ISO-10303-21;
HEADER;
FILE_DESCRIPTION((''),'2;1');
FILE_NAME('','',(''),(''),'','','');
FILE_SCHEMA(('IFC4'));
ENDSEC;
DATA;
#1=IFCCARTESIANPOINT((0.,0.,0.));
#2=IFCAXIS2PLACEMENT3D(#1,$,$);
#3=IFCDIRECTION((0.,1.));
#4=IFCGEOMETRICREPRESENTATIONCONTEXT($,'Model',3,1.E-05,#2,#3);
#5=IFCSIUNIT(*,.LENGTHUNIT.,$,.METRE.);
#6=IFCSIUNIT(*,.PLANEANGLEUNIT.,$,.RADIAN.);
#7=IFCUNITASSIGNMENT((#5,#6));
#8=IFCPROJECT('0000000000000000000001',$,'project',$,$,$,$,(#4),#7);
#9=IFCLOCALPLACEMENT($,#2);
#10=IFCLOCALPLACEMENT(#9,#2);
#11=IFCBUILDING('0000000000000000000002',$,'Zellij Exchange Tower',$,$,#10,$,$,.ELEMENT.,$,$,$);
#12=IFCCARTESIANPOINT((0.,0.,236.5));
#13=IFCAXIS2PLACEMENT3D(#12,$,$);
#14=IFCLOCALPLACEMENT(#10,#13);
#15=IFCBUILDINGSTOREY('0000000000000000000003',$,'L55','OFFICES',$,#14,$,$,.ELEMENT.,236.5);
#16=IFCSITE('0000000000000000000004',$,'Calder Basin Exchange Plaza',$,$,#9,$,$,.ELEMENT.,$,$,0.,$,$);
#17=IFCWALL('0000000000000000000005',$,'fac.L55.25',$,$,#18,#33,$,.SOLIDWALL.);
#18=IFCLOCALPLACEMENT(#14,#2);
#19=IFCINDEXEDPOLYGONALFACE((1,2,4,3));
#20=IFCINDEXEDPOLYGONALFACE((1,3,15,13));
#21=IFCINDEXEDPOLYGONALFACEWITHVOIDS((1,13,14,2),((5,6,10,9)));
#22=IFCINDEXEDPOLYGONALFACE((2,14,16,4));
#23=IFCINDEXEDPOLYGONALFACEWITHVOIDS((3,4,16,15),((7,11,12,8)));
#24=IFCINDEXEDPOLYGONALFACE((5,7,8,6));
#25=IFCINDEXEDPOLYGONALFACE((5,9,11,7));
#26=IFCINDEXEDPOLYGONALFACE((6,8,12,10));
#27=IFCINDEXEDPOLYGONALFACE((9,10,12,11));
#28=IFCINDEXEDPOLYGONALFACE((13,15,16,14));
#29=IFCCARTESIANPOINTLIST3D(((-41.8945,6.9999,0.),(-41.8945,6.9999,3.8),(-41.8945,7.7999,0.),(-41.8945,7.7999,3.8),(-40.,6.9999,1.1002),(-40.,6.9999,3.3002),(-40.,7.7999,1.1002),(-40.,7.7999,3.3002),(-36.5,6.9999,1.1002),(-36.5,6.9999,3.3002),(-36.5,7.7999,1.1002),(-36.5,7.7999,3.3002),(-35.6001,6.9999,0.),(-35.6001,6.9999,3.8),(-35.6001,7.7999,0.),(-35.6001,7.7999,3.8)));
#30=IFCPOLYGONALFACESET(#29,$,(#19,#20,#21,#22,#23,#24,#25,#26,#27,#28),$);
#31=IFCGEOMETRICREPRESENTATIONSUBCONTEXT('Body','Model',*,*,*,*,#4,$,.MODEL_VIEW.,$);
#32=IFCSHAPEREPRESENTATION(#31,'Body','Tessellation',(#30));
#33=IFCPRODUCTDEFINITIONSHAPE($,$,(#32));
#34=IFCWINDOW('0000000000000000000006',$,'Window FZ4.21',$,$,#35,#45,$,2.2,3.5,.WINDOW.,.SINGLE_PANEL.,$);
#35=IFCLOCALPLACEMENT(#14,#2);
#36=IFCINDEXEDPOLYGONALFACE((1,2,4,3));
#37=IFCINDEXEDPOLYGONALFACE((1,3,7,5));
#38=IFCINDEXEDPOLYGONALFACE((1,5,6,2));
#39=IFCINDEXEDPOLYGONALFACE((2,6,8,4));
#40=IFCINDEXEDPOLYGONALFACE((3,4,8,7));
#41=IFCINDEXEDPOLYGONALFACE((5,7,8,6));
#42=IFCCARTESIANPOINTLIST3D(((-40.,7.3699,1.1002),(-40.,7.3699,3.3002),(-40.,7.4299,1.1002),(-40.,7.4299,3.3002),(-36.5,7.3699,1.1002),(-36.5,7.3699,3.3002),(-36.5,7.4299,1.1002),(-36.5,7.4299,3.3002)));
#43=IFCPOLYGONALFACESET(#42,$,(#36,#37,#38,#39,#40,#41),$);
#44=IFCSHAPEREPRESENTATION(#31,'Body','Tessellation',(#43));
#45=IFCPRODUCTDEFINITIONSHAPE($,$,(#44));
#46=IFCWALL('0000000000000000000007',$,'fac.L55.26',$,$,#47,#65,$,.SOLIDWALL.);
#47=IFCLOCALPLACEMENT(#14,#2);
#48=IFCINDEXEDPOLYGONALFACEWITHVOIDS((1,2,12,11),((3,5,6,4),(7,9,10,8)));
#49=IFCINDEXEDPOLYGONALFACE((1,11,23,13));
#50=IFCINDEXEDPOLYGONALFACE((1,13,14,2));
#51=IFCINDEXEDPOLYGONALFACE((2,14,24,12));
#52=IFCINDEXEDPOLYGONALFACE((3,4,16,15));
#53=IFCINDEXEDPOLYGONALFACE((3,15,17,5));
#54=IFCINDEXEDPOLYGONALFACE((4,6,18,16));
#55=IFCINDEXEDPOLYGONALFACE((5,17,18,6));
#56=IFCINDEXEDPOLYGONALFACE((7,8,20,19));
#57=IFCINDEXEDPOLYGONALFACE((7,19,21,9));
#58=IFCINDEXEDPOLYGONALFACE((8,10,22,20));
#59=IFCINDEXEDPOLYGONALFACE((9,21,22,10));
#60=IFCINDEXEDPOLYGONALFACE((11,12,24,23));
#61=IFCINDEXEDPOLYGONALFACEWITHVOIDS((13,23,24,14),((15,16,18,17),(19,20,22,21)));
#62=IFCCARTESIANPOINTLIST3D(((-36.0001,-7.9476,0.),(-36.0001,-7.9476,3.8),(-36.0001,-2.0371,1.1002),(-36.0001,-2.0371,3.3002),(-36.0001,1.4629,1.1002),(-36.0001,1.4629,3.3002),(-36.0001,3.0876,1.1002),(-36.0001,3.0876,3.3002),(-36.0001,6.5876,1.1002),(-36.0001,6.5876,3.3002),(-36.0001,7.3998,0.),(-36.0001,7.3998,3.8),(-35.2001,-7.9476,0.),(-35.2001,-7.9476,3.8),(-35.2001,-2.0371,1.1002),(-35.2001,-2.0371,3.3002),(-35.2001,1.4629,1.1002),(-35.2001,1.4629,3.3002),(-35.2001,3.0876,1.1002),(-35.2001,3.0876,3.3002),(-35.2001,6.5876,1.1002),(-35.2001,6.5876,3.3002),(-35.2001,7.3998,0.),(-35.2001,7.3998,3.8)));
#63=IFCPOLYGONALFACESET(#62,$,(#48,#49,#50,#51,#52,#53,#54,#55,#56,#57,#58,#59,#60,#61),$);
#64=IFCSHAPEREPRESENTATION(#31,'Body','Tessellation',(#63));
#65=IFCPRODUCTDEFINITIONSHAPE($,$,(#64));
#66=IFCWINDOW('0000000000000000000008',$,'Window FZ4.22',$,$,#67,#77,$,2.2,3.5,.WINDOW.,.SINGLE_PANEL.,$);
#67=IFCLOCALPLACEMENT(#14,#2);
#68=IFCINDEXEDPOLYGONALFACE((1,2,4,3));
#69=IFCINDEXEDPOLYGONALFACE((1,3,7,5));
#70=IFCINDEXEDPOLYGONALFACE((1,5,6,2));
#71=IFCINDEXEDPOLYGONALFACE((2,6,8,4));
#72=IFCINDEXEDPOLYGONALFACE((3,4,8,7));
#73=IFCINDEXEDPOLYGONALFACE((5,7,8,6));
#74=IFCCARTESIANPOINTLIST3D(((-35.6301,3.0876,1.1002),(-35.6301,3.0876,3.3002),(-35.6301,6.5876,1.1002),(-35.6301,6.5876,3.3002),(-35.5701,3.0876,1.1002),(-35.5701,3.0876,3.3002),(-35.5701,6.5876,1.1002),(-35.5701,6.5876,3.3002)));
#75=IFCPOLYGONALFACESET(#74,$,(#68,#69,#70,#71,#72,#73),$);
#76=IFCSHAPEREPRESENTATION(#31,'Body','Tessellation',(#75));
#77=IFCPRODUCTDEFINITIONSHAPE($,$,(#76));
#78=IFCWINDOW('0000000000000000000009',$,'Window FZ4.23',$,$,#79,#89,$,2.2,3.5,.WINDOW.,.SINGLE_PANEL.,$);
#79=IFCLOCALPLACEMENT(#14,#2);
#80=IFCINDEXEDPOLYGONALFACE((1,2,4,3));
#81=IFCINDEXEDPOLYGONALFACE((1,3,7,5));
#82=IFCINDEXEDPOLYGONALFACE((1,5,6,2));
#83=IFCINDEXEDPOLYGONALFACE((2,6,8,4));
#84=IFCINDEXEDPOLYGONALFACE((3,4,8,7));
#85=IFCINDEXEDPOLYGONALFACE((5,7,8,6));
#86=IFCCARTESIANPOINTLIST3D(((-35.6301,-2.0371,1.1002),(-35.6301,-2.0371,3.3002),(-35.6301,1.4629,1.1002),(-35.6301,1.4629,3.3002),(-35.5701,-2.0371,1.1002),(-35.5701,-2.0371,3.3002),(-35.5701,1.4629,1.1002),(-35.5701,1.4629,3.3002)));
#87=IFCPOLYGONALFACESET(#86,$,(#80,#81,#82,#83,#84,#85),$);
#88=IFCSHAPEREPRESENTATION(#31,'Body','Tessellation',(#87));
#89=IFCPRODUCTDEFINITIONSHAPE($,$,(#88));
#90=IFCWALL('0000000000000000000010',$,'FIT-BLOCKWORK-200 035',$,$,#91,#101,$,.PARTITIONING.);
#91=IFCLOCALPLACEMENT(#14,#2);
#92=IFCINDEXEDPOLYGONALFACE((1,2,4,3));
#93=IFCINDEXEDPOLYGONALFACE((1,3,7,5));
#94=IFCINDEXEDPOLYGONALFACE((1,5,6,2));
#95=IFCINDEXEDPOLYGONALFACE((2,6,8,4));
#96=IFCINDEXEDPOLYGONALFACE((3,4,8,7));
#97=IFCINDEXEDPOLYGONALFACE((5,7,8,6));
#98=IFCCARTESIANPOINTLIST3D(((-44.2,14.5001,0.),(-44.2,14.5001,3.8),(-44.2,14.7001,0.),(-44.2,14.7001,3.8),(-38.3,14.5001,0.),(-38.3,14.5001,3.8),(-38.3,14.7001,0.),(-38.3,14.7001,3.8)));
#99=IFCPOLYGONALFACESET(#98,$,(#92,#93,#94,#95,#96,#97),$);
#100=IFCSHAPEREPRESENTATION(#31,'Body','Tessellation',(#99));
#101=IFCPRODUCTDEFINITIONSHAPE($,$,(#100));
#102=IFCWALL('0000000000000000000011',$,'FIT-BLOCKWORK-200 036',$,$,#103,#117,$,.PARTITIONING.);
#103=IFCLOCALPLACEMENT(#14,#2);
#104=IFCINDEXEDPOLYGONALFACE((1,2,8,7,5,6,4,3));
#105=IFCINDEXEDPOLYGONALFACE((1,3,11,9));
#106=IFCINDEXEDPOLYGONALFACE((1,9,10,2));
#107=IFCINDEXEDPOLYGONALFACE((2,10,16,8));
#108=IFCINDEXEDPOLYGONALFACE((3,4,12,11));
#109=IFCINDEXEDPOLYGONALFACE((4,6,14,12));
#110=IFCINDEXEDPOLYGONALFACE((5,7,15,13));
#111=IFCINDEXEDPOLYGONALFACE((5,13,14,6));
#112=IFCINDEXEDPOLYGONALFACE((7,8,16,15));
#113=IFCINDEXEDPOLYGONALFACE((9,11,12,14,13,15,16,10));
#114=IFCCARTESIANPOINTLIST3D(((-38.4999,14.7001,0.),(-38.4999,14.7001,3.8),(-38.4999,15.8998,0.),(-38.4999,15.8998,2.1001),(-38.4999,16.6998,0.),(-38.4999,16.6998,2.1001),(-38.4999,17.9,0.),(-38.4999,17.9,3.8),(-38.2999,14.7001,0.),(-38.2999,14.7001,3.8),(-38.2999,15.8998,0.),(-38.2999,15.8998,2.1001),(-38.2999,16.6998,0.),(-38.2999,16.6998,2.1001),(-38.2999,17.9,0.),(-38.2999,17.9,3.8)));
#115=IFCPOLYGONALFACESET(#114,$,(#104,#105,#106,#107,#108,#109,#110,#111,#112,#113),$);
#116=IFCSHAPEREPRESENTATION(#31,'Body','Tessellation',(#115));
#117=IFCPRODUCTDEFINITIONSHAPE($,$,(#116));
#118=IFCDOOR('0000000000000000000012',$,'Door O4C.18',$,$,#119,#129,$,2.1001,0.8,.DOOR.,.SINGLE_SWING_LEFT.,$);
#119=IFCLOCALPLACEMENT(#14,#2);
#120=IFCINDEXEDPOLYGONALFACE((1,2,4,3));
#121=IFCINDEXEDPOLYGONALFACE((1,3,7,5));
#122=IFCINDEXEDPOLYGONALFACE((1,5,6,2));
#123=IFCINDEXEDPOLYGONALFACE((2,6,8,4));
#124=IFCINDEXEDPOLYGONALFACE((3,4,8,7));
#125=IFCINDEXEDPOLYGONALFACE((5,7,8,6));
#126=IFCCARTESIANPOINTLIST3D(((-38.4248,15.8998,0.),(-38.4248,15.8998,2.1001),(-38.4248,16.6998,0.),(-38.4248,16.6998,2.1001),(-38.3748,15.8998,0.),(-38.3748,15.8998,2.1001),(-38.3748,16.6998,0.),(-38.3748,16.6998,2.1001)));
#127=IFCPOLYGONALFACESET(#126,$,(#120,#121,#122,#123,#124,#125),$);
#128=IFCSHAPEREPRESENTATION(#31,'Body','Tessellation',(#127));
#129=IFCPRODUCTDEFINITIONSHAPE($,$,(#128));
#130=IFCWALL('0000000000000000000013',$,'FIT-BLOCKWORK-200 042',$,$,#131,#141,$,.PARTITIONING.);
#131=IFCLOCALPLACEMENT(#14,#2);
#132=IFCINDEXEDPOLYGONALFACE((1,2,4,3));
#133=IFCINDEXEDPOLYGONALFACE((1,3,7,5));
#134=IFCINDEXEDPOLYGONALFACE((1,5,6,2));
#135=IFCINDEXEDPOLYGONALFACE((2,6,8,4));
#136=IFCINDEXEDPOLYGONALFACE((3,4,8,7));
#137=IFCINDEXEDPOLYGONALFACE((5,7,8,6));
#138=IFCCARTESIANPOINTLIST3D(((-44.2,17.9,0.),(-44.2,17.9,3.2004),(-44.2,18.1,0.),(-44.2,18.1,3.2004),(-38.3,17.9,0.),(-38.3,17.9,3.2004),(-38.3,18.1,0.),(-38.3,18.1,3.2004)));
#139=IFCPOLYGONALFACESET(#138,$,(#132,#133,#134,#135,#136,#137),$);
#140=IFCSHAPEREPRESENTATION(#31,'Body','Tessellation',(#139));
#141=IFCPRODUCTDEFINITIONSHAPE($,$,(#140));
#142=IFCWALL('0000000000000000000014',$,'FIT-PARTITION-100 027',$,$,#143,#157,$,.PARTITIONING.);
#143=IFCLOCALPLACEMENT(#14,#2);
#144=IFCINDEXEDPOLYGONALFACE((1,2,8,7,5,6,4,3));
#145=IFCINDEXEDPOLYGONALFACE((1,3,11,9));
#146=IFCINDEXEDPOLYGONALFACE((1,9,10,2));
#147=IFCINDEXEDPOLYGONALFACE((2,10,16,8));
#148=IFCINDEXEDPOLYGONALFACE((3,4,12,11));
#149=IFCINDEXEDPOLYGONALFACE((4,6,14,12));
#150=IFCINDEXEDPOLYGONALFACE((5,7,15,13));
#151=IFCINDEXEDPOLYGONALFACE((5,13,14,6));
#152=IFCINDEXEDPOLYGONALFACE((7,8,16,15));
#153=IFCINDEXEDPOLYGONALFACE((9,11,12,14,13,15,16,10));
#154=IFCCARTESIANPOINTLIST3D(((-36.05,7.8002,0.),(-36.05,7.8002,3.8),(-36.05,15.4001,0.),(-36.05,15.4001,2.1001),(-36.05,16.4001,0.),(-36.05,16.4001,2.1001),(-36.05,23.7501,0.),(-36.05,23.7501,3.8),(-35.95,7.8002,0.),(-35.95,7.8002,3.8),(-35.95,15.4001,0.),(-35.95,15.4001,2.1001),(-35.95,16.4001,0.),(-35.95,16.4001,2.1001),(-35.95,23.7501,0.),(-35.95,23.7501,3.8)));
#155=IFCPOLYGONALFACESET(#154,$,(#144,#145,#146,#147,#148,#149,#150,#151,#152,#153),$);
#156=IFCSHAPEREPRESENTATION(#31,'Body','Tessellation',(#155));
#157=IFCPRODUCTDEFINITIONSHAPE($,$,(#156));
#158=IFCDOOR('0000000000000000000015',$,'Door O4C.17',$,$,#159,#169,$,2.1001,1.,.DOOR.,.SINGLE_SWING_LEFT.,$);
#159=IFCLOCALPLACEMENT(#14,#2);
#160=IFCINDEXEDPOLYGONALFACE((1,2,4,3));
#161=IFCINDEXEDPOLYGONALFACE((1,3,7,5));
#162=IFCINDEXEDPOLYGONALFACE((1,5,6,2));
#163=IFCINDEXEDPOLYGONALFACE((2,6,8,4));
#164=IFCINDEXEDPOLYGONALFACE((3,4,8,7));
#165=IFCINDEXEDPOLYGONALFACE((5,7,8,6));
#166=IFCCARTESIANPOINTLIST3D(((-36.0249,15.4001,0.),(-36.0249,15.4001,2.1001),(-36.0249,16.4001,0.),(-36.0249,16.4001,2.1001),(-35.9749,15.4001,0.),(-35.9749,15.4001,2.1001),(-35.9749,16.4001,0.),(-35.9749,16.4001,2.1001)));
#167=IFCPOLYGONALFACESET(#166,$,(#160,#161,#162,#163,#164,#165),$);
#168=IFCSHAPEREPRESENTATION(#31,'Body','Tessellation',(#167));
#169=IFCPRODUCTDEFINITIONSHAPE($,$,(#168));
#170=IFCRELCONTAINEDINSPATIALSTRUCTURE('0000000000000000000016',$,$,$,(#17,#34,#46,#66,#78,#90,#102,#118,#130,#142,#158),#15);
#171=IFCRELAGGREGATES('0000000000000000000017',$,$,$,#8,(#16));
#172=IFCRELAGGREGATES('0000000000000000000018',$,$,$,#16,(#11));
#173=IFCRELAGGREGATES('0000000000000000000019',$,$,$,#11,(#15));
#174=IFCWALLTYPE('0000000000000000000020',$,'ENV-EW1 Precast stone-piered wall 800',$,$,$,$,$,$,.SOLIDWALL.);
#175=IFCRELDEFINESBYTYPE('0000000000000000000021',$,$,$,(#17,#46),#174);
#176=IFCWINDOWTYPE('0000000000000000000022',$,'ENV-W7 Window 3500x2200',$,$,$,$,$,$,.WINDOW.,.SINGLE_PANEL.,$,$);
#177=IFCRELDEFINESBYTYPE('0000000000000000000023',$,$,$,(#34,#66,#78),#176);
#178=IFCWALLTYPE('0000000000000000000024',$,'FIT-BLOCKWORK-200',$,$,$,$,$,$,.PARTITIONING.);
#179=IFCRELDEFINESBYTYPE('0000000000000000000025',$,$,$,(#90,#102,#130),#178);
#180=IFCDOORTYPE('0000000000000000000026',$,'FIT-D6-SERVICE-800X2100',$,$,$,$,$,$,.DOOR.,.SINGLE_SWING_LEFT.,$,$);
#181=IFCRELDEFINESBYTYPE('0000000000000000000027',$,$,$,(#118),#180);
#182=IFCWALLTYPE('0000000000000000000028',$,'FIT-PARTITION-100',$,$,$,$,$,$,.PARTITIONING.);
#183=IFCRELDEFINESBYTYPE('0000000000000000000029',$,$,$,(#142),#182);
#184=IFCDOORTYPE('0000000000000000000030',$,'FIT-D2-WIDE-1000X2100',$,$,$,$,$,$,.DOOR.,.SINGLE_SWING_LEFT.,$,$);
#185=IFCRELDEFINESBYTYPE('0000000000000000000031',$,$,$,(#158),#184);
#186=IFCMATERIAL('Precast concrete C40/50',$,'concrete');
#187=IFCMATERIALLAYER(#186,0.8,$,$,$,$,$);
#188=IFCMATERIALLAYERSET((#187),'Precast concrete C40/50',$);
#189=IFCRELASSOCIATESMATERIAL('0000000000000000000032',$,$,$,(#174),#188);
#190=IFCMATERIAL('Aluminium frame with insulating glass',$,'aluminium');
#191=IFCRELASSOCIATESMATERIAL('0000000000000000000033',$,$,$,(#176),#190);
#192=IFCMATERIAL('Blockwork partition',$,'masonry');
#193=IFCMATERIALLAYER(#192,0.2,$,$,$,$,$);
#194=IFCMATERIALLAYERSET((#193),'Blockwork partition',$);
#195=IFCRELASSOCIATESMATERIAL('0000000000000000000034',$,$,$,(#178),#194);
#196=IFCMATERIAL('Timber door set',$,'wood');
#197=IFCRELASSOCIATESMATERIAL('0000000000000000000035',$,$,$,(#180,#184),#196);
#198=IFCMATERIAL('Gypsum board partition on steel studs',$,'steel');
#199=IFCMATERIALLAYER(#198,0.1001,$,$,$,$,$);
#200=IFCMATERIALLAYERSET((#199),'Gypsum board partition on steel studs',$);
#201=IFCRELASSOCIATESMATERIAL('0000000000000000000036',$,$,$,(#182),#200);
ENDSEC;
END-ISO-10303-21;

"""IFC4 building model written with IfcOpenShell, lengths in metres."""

from ifc_helpers import new_model, si_unit, direction, frame, frame_2d, origin, place, context, subcontext, project, spatial, rectangle, extrude, material, layer, layer_set, type_object, element, fill, save


model = new_model("IFC4")

# Units and contexts
model_context = context("Model", 3, precision=1e-05, world=origin(), true_north=direction((0.0, 1.0)))
body_context = subcontext(model_context, "Body", "Model", "MODEL_VIEW")
ifc_project = project(units=[si_unit("LENGTHUNIT", "METRE"), si_unit("PLANEANGLEUNIT", "RADIAN")], contexts=[model_context])

# Site, building, storey
site_placement = place(None, origin())
site = spatial("IfcSite", under=ifc_project, at=site_placement, Name="Calder Basin Exchange Plaza", CompositionType="ELEMENT", RefElevation=0.0)
building_placement = place(site_placement, origin())
building = spatial("IfcBuilding", under=site, at=building_placement, Name="Zellij Exchange Tower", CompositionType="ELEMENT")
storey_placement = place(building_placement, frame((0.0, 0.0, 236.5)))
storey = spatial("IfcBuildingStorey", under=building, at=storey_placement, Name="L55", Description="OFFICES", CompositionType="ELEMENT", Elevation=236.5)

# Shared definitions
ifc_material_1 = material(Name="Precast concrete C40/50", Category="concrete")
ifc_layer_1 = layer(ifc_material_1, 0.8)
ifc_layer_set_1 = layer_set([ifc_layer_1], Name="Precast concrete C40/50")
wall_type_1 = type_object("IfcWallType", Name="ENV-EW1 Precast stone-piered wall 800", PredefinedType="SOLIDWALL", material=ifc_layer_set_1)

# Wall, opening, window
wall_1_placement = place(storey_placement, frame((-41.8945, 7.3999, 0.0), z_axis=(0.0, 0.0, 1.0), x_axis=(1.0, 0.0, 0.0)))
wall_1 = element("IfcWall", 1, at=wall_1_placement, inside=storey, type_object=wall_type_1, Name="fac.L55.25", PredefinedType="SOLIDWALL", context=body_context, shape_type="SweptSolid", body=[
    extrude(rectangle(XDim=6.2944, YDim=0.8, at=frame_2d((3.1472, 0.0))), origin(), (0.0, 0.0, 1.0), 3.8),
])
opening_1_placement = place(wall_1_placement, frame((1.8945, 0.0, 1.1001)))
opening_1 = element("IfcOpeningElement", 2, at=opening_1_placement, cuts=wall_1, PredefinedType="OPENING", context=body_context, shape_type="SweptSolid", body=[
    extrude(rectangle(XDim=3.5, YDim=2.2, at=frame_2d((1.75, 1.1001))), frame((0.0, 0.4121, 0.0), z_axis=(0.0, -1.0, 0.0), x_axis=(1.0, 0.0, 0.0)), (0.0, 0.0, 1.0), 0.824),
])
ifc_material_2 = material(Name="Aluminium frame with insulating glass", Category="aluminium")
window_type = type_object("IfcWindowType", Name="ENV-W7 Window 3500x2200", PartitioningType="SINGLE_PANEL", PredefinedType="WINDOW", material=ifc_material_2)
window_1_placement = place(opening_1_placement, origin())
window_1 = element("IfcWindow", 3, at=window_1_placement, inside=storey, type_object=window_type, Name="Window FZ4.21", OverallHeight=2.2, OverallWidth=3.5, PartitioningType="SINGLE_PANEL", PredefinedType="WINDOW", context=body_context, shape_type="SweptSolid", body=[
    extrude(rectangle(XDim=3.5, YDim=2.2, at=frame_2d((1.75, 1.1001))), frame((0.0, 0.03, 0.0), z_axis=(0.0, -1.0, 0.0), x_axis=(1.0, 0.0, 0.0)), (0.0, 0.0, 1.0), 0.0601),
])
fill(opening_1, window_1)

# Wall, openings, windows
wall_2_placement = place(storey_placement, frame((-35.6001, 7.3999, 0.0), z_axis=(0.0, 0.0, 1.0), x_axis=(0.0, -1.0, 0.0)))
wall_2 = element("IfcWall", 4, at=wall_2_placement, inside=storey, type_object=wall_type_1, Name="fac.L55.26", PredefinedType="SOLIDWALL", context=body_context, shape_type="SweptSolid", body=[
    extrude(rectangle(XDim=15.3474, YDim=0.8, at=frame_2d((7.6738, 0.0))), origin(), (0.0, 0.0, 1.0), 3.8),
])
opening_2_placement = place(wall_2_placement, frame((0.8123, 0.0, 1.1001)))
opening_2 = element("IfcOpeningElement", 5, at=opening_2_placement, cuts=wall_2, PredefinedType="OPENING", context=body_context, shape_type="SweptSolid", body=[
    extrude(rectangle(XDim=3.5, YDim=2.2, at=frame_2d((1.75, 1.1001))), frame((0.0, 0.4121, 0.0), z_axis=(0.0, -1.0, 0.0), x_axis=(1.0, 0.0, 0.0)), (0.0, 0.0, 1.0), 0.824),
])
opening_3_placement = place(wall_2_placement, frame((5.937, 0.0, 1.1001)))
opening_3 = element("IfcOpeningElement", 6, at=opening_3_placement, cuts=wall_2, PredefinedType="OPENING", context=body_context, shape_type="SweptSolid", body=[
    extrude(rectangle(XDim=3.5, YDim=2.2, at=frame_2d((1.75, 1.1001))), frame((0.0, 0.4121, 0.0), z_axis=(0.0, -1.0, 0.0), x_axis=(1.0, 0.0, 0.0)), (0.0, 0.0, 1.0), 0.824),
])
window_2_placement = place(opening_2_placement, origin())
window_2 = element("IfcWindow", 7, at=window_2_placement, inside=storey, type_object=window_type, Name="Window FZ4.22", OverallHeight=2.2, OverallWidth=3.5, PartitioningType="SINGLE_PANEL", PredefinedType="WINDOW", context=body_context, shape_type="SweptSolid", body=[
    extrude(rectangle(XDim=3.5, YDim=2.2, at=frame_2d((1.75, 1.1001))), frame((0.0, 0.03, 0.0), z_axis=(0.0, -1.0, 0.0), x_axis=(1.0, 0.0, 0.0)), (0.0, 0.0, 1.0), 0.0601),
])
fill(opening_2, window_2)
window_3_placement = place(opening_3_placement, origin())
window_3 = element("IfcWindow", 8, at=window_3_placement, inside=storey, type_object=window_type, Name="Window FZ4.23", OverallHeight=2.2, OverallWidth=3.5, PartitioningType="SINGLE_PANEL", PredefinedType="WINDOW", context=body_context, shape_type="SweptSolid", body=[
    extrude(rectangle(XDim=3.5, YDim=2.2, at=frame_2d((1.75, 1.1001))), frame((0.0, 0.03, 0.0), z_axis=(0.0, -1.0, 0.0), x_axis=(1.0, 0.0, 0.0)), (0.0, 0.0, 1.0), 0.0601),
])
fill(opening_3, window_3)

# Wall
ifc_material_3 = material(Name="Blockwork partition", Category="masonry")
ifc_layer_2 = layer(ifc_material_3, 0.2)
ifc_layer_set_2 = layer_set([ifc_layer_2], Name="Blockwork partition")
wall_type_2 = type_object("IfcWallType", Name="FIT-BLOCKWORK-200", PredefinedType="PARTITIONING", material=ifc_layer_set_2)
wall_3_placement = place(storey_placement, frame((-44.2, 14.6001, 0.0), z_axis=(0.0, 0.0, 1.0), x_axis=(1.0, 0.0, 0.0)))
element("IfcWall", 9, at=wall_3_placement, inside=storey, type_object=wall_type_2, Name="FIT-BLOCKWORK-200 035", PredefinedType="PARTITIONING", context=body_context, shape_type="SweptSolid", body=[
    extrude(rectangle(XDim=5.8999, YDim=0.2, at=frame_2d((2.95, 0.0))), origin(), (0.0, 0.0, 1.0), 3.8),
])

# Wall, opening, door
wall_4_placement = place(storey_placement, frame((-38.3999, 14.7, 0.0), z_axis=(0.0, 0.0, 1.0), x_axis=(0.0, 1.0, 0.0)))
wall_4 = element("IfcWall", 10, at=wall_4_placement, inside=storey, type_object=wall_type_2, Name="FIT-BLOCKWORK-200 036", PredefinedType="PARTITIONING", context=body_context, shape_type="SweptSolid", body=[
    extrude(rectangle(XDim=3.2, YDim=0.2, at=frame_2d((1.6001, 0.0))), origin(), (0.0, 0.0, 1.0), 3.8),
])
opening_4_placement = place(wall_4_placement, frame((1.2, 0.0, 0.0)))
opening_4 = element("IfcOpeningElement", 11, at=opening_4_placement, cuts=wall_4, PredefinedType="OPENING", context=body_context, shape_type="SweptSolid", body=[
    extrude(rectangle(XDim=0.8, YDim=2.1001, at=frame_2d((0.3999, 1.05))), frame((0.0, 0.1118, 0.0), z_axis=(0.0, -1.0, 0.0), x_axis=(1.0, 0.0, 0.0)), (0.0, 0.0, 1.0), 0.2239),
])
ifc_material_4 = material(Name="Timber door set", Category="wood")
door_type_1 = type_object("IfcDoorType", Name="FIT-D6-SERVICE-800X2100", OperationType="SINGLE_SWING_LEFT", PredefinedType="DOOR", material=ifc_material_4)
door_1_placement = place(opening_4_placement, origin())
door_1 = element("IfcDoor", 12, at=door_1_placement, inside=storey, type_object=door_type_1, Name="Door O4C.18", OperationType="SINGLE_SWING_LEFT", OverallHeight=2.1001, OverallWidth=0.8, PredefinedType="DOOR", context=body_context, shape_type="SweptSolid", body=[
    extrude(rectangle(XDim=0.8, YDim=2.1001, at=frame_2d((0.3999, 1.05))), frame((0.0, 0.0249, 0.0), z_axis=(0.0, -1.0, 0.0), x_axis=(1.0, 0.0, 0.0)), (0.0, 0.0, 1.0), 0.05),
])
fill(opening_4, door_1)

# Wall
wall_5_placement = place(storey_placement, frame((-44.2, 18.0, 0.0), z_axis=(0.0, 0.0, 1.0), x_axis=(1.0, 0.0, 0.0)))
element("IfcWall", 13, at=wall_5_placement, inside=storey, type_object=wall_type_2, Name="FIT-BLOCKWORK-200 042", PredefinedType="PARTITIONING", context=body_context, shape_type="SweptSolid", body=[
    extrude(rectangle(XDim=5.8999, YDim=0.2, at=frame_2d((2.95, 0.0))), origin(), (0.0, 0.0, 1.0), 3.2004),
])

# Wall, opening, door
ifc_material_5 = material(Name="Gypsum board partition on steel studs", Category="steel")
ifc_layer_3 = layer(ifc_material_5, 0.1001)
ifc_layer_set_3 = layer_set([ifc_layer_3], Name="Gypsum board partition on steel studs")
wall_type_3 = type_object("IfcWallType", Name="FIT-PARTITION-100", PredefinedType="PARTITIONING", material=ifc_layer_set_3)
wall_6_placement = place(storey_placement, frame((-36.0, 7.8, 0.0), z_axis=(0.0, 0.0, 1.0), x_axis=(0.0, 1.0, 0.0)))
wall_6 = element("IfcWall", 14, at=wall_6_placement, inside=storey, type_object=wall_type_3, Name="FIT-PARTITION-100 027", PredefinedType="PARTITIONING", context=body_context, shape_type="SweptSolid", body=[
    extrude(rectangle(XDim=15.95, YDim=0.1001, at=frame_2d((7.9751, 0.0))), origin(), (0.0, 0.0, 1.0), 3.8),
])
opening_5_placement = place(wall_6_placement, frame((7.6001, 0.0, 0.0)))
opening_5 = element("IfcOpeningElement", 15, at=opening_5_placement, cuts=wall_6, PredefinedType="OPENING", context=body_context, shape_type="SweptSolid", body=[
    extrude(rectangle(XDim=1.0, YDim=2.1001, at=frame_2d((0.5, 1.05))), frame((0.0, 0.062, 0.0), z_axis=(0.0, -1.0, 0.0), x_axis=(1.0, 0.0, 0.0)), (0.0, 0.0, 1.0), 0.124),
])
door_type_2 = type_object("IfcDoorType", Name="FIT-D2-WIDE-1000X2100", OperationType="SINGLE_SWING_LEFT", PredefinedType="DOOR", material=ifc_material_4)
door_2_placement = place(opening_5_placement, origin())
door_2 = element("IfcDoor", 16, at=door_2_placement, inside=storey, type_object=door_type_2, Name="Door O4C.17", OperationType="SINGLE_SWING_LEFT", OverallHeight=2.1001, OverallWidth=1.0, PredefinedType="DOOR", context=body_context, shape_type="SweptSolid", body=[
    extrude(rectangle(XDim=1.0, YDim=2.1001, at=frame_2d((0.5, 1.05))), frame((0.0, 0.0249, 0.0), z_axis=(0.0, -1.0, 0.0), x_axis=(1.0, 0.0, 0.0)), (0.0, 0.0, 1.0), 0.05),
])
fill(opening_5, door_2)

save(model, "model.ifc")
